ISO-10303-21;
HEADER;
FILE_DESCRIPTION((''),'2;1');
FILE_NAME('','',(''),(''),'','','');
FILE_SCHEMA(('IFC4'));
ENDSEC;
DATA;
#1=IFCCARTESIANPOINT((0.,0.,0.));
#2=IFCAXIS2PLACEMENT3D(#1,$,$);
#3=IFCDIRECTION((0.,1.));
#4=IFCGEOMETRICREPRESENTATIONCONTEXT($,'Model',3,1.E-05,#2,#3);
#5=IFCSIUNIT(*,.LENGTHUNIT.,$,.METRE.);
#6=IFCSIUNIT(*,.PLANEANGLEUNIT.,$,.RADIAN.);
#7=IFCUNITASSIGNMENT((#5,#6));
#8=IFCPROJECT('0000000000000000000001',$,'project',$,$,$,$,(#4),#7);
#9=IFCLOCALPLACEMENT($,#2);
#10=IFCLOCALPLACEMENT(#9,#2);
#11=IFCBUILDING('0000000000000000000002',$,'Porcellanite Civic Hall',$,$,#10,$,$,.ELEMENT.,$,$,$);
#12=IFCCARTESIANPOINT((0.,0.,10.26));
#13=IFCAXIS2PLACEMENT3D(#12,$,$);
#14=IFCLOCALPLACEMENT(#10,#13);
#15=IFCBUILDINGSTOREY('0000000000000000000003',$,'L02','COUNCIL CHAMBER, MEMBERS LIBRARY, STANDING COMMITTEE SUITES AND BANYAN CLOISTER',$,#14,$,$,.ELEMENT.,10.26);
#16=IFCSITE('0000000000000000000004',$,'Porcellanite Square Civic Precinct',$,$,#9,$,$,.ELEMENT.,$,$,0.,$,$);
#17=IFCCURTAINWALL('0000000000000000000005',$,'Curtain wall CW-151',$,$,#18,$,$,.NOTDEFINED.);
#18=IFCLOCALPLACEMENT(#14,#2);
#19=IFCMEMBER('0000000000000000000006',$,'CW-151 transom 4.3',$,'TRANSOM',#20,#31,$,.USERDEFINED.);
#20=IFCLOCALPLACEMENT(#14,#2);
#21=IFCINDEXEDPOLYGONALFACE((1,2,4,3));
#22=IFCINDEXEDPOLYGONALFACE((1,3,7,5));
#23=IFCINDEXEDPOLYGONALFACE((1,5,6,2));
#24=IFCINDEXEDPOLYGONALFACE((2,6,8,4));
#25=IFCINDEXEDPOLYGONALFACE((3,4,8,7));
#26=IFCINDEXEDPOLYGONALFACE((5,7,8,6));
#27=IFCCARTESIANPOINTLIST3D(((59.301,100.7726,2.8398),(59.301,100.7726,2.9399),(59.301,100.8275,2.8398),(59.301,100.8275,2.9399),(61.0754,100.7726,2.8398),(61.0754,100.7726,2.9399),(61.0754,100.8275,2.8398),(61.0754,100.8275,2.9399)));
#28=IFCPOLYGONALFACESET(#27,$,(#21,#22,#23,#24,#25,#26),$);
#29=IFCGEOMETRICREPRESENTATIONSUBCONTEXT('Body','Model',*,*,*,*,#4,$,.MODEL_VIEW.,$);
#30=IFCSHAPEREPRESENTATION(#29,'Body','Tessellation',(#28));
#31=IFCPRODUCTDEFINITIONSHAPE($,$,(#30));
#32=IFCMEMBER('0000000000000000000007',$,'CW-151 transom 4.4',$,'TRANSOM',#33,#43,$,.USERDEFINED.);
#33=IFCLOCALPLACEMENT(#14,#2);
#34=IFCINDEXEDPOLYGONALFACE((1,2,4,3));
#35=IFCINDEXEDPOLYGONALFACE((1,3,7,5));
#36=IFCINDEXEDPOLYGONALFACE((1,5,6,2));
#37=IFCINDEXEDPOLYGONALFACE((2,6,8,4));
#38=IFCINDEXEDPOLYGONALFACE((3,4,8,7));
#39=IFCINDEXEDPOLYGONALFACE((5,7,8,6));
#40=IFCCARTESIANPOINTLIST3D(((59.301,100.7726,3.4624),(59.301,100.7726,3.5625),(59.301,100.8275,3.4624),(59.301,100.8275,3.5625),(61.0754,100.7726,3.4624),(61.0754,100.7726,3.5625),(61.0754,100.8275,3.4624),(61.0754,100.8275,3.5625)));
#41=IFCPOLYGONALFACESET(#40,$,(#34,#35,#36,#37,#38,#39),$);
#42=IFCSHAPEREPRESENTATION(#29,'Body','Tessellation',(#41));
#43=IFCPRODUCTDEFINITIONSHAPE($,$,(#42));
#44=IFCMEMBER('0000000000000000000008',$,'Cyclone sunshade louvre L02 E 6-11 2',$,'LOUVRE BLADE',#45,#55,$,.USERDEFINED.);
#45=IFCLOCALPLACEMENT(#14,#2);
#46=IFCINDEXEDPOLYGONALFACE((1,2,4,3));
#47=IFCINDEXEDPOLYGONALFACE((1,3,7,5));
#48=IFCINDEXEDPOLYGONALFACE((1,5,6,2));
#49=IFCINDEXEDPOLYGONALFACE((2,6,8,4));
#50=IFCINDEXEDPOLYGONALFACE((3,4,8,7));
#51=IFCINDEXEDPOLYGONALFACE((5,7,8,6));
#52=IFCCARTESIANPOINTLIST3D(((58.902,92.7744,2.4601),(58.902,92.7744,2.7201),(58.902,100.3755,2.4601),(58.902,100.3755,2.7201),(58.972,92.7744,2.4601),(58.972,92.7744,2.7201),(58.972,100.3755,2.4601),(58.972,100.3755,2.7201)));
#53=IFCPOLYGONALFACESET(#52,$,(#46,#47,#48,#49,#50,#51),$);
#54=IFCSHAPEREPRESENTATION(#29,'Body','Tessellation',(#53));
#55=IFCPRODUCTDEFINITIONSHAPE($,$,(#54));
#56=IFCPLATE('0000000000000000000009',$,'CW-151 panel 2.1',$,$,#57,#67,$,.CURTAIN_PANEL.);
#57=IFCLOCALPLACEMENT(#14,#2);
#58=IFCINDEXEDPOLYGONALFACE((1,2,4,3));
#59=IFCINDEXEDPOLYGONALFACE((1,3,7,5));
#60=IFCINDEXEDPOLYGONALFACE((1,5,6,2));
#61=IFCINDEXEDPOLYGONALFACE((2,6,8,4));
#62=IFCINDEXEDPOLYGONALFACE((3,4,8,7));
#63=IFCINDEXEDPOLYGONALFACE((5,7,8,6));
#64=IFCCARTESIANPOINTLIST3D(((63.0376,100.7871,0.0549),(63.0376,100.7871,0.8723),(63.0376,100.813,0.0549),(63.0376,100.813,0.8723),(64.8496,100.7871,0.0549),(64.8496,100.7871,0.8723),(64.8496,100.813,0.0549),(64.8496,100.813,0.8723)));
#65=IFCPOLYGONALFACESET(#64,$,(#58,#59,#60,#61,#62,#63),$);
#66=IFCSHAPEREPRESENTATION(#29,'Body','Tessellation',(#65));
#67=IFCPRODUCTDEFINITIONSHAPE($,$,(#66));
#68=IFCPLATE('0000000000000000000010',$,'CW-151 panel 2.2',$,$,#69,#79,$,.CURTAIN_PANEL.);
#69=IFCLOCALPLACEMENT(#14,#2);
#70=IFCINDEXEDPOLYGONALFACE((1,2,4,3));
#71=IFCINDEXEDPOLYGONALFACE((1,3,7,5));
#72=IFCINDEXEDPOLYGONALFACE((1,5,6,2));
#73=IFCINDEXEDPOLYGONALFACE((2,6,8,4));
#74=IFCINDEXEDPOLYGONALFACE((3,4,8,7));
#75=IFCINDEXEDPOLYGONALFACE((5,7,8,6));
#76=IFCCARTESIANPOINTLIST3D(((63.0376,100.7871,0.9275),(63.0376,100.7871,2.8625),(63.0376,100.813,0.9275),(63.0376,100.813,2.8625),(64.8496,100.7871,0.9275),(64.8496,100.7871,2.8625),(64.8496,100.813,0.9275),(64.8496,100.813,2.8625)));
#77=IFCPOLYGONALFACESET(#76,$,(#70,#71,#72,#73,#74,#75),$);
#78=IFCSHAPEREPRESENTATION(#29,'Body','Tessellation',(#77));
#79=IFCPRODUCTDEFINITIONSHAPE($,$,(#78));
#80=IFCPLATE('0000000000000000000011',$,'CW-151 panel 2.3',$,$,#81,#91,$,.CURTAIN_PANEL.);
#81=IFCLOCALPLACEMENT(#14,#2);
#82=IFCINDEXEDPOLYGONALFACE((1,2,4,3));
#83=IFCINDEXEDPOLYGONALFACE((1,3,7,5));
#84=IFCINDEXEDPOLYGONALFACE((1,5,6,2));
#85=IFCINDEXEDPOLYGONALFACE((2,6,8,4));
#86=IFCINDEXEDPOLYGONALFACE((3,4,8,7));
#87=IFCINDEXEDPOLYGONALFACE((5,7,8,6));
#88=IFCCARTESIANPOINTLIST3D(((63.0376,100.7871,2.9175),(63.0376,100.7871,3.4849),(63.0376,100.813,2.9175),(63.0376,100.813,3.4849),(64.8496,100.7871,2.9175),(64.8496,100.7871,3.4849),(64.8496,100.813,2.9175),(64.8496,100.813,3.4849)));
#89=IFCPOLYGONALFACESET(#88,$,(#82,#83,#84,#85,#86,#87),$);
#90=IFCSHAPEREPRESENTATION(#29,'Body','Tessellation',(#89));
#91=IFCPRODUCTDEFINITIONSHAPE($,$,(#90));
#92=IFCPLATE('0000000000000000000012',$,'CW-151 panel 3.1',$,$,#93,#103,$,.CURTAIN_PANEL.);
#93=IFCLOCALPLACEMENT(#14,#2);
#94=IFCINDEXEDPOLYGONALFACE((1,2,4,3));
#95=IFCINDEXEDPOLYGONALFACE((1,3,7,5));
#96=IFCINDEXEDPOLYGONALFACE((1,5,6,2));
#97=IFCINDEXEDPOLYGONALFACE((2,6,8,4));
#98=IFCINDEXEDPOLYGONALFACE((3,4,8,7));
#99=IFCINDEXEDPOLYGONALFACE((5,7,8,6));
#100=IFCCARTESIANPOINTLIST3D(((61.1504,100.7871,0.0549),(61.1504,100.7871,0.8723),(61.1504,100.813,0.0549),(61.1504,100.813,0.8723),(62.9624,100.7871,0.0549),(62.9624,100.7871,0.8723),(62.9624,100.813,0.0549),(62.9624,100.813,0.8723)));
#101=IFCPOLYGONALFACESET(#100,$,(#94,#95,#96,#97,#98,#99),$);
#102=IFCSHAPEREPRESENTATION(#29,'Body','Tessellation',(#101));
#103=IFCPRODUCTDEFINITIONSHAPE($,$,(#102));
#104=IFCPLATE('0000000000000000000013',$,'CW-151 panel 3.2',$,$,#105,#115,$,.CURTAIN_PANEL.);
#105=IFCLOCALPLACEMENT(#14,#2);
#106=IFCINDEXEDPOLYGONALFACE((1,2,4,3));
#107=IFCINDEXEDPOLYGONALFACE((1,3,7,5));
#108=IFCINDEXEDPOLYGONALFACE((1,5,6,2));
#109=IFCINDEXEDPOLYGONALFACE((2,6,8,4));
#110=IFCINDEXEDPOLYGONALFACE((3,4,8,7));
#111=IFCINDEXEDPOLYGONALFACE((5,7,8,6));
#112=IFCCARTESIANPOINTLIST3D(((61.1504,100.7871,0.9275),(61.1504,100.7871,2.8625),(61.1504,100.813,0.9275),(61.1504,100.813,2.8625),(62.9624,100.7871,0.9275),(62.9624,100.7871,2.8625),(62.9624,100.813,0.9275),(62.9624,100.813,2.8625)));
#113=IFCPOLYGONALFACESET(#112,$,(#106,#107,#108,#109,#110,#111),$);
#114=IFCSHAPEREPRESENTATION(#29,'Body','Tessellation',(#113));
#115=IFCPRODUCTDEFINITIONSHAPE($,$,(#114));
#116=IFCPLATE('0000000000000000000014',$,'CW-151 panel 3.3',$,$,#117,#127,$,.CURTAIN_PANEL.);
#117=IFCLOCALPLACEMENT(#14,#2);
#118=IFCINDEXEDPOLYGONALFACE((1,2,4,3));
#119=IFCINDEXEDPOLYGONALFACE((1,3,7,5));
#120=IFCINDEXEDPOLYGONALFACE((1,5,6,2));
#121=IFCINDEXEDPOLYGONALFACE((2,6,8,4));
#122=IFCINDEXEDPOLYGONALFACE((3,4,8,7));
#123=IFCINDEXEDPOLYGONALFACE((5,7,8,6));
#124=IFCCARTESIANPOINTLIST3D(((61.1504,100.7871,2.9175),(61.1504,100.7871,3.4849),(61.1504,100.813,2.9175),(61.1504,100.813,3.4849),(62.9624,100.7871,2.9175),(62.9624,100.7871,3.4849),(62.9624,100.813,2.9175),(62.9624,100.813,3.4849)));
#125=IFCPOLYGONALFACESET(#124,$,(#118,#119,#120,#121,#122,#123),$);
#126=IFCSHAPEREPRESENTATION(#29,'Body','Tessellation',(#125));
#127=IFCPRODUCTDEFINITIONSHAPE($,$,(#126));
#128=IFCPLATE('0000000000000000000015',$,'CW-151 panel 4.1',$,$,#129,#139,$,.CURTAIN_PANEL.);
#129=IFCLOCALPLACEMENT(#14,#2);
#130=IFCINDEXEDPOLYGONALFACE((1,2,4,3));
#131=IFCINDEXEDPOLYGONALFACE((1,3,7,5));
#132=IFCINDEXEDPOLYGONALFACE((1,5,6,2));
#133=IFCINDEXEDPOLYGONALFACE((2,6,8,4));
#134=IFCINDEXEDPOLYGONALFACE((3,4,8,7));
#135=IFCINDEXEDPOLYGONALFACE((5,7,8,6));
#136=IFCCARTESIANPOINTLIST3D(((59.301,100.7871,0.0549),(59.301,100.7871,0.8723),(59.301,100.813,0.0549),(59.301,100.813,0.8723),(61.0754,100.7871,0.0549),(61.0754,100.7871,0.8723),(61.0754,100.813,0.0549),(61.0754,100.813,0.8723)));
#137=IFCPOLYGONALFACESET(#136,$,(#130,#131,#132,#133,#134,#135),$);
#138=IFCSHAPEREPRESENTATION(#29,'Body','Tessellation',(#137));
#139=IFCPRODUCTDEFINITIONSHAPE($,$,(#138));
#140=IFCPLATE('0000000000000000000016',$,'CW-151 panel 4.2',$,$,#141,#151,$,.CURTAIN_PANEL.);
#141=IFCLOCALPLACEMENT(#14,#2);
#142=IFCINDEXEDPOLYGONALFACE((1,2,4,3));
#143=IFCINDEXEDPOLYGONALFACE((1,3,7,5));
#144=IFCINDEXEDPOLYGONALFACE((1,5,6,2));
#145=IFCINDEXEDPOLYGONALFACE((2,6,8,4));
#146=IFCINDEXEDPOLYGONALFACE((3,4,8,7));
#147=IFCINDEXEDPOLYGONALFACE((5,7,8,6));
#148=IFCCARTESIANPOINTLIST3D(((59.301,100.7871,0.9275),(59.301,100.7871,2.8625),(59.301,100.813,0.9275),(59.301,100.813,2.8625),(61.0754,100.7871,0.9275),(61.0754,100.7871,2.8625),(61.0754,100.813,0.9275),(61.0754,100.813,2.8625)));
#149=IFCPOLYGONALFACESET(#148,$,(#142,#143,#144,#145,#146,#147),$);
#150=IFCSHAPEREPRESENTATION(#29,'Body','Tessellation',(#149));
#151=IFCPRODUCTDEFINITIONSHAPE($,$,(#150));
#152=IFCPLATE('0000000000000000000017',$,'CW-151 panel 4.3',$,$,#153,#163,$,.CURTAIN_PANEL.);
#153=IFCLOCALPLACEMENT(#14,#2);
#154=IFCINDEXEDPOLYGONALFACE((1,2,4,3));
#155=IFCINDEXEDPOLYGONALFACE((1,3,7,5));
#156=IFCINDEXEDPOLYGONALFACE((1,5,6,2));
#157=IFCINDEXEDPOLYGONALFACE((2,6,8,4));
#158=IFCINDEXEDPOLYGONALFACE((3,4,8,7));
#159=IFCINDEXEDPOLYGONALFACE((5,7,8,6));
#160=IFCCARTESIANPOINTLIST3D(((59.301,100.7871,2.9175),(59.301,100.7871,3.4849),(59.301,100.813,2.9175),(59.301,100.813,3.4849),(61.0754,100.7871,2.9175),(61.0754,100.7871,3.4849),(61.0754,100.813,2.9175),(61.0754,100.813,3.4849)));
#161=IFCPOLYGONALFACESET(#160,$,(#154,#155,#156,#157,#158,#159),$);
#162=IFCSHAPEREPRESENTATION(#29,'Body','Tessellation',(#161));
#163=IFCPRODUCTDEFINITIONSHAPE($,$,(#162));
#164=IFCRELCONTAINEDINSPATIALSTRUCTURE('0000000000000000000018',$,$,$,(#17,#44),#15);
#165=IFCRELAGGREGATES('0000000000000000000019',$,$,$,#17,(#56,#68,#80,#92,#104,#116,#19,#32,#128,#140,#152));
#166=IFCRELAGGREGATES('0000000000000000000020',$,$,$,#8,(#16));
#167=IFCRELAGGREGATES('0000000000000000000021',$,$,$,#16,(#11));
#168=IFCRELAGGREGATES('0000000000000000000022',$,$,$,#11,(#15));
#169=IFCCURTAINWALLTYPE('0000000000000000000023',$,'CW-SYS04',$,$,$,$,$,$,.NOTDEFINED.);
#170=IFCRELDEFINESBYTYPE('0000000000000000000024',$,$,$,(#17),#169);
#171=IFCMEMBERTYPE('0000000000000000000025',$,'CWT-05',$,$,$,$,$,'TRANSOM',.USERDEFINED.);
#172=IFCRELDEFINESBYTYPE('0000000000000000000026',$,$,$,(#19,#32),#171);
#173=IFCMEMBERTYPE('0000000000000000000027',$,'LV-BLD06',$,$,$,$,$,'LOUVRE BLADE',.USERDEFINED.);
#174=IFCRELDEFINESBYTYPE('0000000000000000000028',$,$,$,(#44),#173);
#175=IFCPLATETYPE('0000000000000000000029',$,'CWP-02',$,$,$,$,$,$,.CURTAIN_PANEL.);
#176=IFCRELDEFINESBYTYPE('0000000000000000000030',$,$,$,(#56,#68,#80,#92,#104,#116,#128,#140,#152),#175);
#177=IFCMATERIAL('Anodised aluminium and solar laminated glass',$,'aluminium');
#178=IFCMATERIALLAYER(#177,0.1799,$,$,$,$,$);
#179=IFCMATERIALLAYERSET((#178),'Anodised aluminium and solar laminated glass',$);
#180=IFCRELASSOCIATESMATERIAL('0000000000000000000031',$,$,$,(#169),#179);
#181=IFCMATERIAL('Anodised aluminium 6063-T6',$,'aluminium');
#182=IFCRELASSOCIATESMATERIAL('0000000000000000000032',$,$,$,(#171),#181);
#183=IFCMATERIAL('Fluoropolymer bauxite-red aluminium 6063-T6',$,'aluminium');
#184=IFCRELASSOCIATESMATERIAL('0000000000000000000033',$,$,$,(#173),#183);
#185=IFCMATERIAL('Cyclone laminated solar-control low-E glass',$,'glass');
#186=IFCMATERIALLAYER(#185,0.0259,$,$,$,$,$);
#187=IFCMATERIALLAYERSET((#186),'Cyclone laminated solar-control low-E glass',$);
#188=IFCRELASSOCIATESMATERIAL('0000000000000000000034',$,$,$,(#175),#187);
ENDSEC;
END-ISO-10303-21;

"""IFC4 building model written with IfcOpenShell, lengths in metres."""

from ifc_helpers import new_model, si_unit, direction, frame, origin, origin_2d, place, context, subcontext, project, spatial, rectangle, extrude, material, layer, layer_set, material_profile, profile_set, type_object, element, aggregate, save


model = new_model("IFC4")

# Units and contexts
model_context = context("Model", 3, precision=1e-05, world=origin(), true_north=direction((0.0, 1.0)))
body_context = subcontext(model_context, "Body", "Model", "MODEL_VIEW")
ifc_project = project(units=[si_unit("LENGTHUNIT", "METRE"), si_unit("PLANEANGLEUNIT", "RADIAN")], contexts=[model_context])

# Site, building, storey
site_placement = place(None, origin())
site = spatial("IfcSite", under=ifc_project, at=site_placement, Name="Porcellanite Square Civic Precinct", CompositionType="ELEMENT", RefElevation=0.0)
building_placement = place(site_placement, origin())
building = spatial("IfcBuilding", under=site, at=building_placement, Name="Porcellanite Civic Hall", CompositionType="ELEMENT")
storey_placement = place(building_placement, frame((0.0, 0.0, 10.26)))
storey = spatial("IfcBuildingStorey", under=building, at=storey_placement, Name="L02", Description="COUNCIL CHAMBER, MEMBERS LIBRARY, STANDING COMMITTEE SUITES AND BANYAN CLOISTER", CompositionType="ELEMENT", Elevation=10.26)

# Curtain wall, members
ifc_material_1 = material(Name="Anodised aluminium and solar laminated glass", Category="aluminium")
ifc_layer_1 = layer(ifc_material_1, 0.1799)
ifc_layer_set_1 = layer_set([ifc_layer_1], Name="Anodised aluminium and solar laminated glass")
curtain_wall_type = type_object("IfcCurtainWallType", Name="CW-SYS04", PredefinedType="NOTDEFINED", material=ifc_layer_set_1)
curtain_wall_placement = place(storey_placement, origin())
curtain_wall = element("IfcCurtainWall", 1, at=curtain_wall_placement, inside=storey, type_object=curtain_wall_type, Name="Curtain wall CW-151", PredefinedType="NOTDEFINED")
ifc_material_2 = material(Name="Anodised aluminium 6063-T6", Category="aluminium")
ifc_material_profile_1 = material_profile(ifc_material_2, rectangle(XDim=0.0549, YDim=0.1001, at=origin_2d()), Name="AL-55x100")
ifc_profile_set_1 = profile_set([ifc_material_profile_1], Name="Anodised aluminium 6063-T6")
member_type_1 = type_object("IfcMemberType", Name="CWT-05", ElementType="TRANSOM", PredefinedType="USERDEFINED", material=ifc_profile_set_1)
member_1_placement = place(storey_placement, frame((61.0754, 100.8, 2.8899), z_axis=(-1.0, 0.0, 0.0), x_axis=(0.0, -1.0, 0.0)))
member_1 = element("IfcMember", 2, at=member_1_placement, type_object=member_type_1, Name="CW-151 transom 4.3", ObjectType="TRANSOM", PredefinedType="USERDEFINED", context=body_context, shape_type="SweptSolid", body=[
    extrude(rectangle(XDim=0.0549, YDim=0.1001, at=origin_2d()), origin(), (0.0, 0.0, 1.0), 1.7744),
])
member_2_placement = place(storey_placement, frame((61.0754, 100.8, 3.5125), z_axis=(-1.0, 0.0, 0.0), x_axis=(0.0, -1.0, 0.0)))
member_2 = element("IfcMember", 3, at=member_2_placement, type_object=member_type_1, Name="CW-151 transom 4.4", ObjectType="TRANSOM", PredefinedType="USERDEFINED", context=body_context, shape_type="SweptSolid", body=[
    extrude(rectangle(XDim=0.0549, YDim=0.1001, at=origin_2d()), origin(), (0.0, 0.0, 1.0), 1.7744),
])

# Member
ifc_material_3 = material(Name="Fluoropolymer bauxite-red aluminium 6063-T6", Category="aluminium")
ifc_material_profile_2 = material_profile(ifc_material_3, rectangle(XDim=0.0701, YDim=0.26, at=origin_2d()), Name="AL-70x260")
ifc_profile_set_2 = profile_set([ifc_material_profile_2], Name="Fluoropolymer bauxite-red aluminium 6063-T6")
member_type_2 = type_object("IfcMemberType", Name="LV-BLD06", ElementType="LOUVRE BLADE", PredefinedType="USERDEFINED", material=ifc_profile_set_2)
member_3_placement = place(storey_placement, frame((58.937, 100.3755, 2.5901), z_axis=(0.0, -1.0, 0.0), x_axis=(1.0, 0.0, 0.0)))
element("IfcMember", 4, at=member_3_placement, inside=storey, type_object=member_type_2, Name="Cyclone sunshade louvre L02 E 6-11 2", ObjectType="LOUVRE BLADE", PredefinedType="USERDEFINED", context=body_context, shape_type="SweptSolid", body=[
    extrude(rectangle(XDim=0.0701, YDim=0.26, at=origin_2d()), origin(), (0.0, 0.0, 1.0), 7.6011),
])

# Plates
ifc_material_4 = material(Name="Cyclone laminated solar-control low-E glass", Category="glass")
ifc_layer_2 = layer(ifc_material_4, 0.0259)
ifc_layer_set_2 = layer_set([ifc_layer_2], Name="Cyclone laminated solar-control low-E glass")
plate_type = type_object("IfcPlateType", Name="CWP-02", PredefinedType="CURTAIN_PANEL", material=ifc_layer_set_2)
plate_1_placement = place(storey_placement, frame((63.9436, 100.8, 0.0549), z_axis=(0.0, 0.0, 1.0), x_axis=(-1.0, 0.0, 0.0)))
plate_1 = element("IfcPlate", 5, at=plate_1_placement, type_object=plate_type, Name="CW-151 panel 2.1", PredefinedType="CURTAIN_PANEL", context=body_context, shape_type="SweptSolid", body=[
    extrude(rectangle(XDim=1.812, YDim=0.0259, at=origin_2d()), origin(), (0.0, 0.0, 1.0), 0.8174),
])
plate_2_placement = place(storey_placement, frame((63.9436, 100.8, 0.9275), z_axis=(0.0, 0.0, 1.0), x_axis=(-1.0, 0.0, 0.0)))
plate_2 = element("IfcPlate", 6, at=plate_2_placement, type_object=plate_type, Name="CW-151 panel 2.2", PredefinedType="CURTAIN_PANEL", context=body_context, shape_type="SweptSolid", body=[
    extrude(rectangle(XDim=1.812, YDim=0.0259, at=origin_2d()), origin(), (0.0, 0.0, 1.0), 1.9351),
])
plate_3_placement = place(storey_placement, frame((63.9436, 100.8, 2.9175), z_axis=(0.0, 0.0, 1.0), x_axis=(-1.0, 0.0, 0.0)))
plate_3 = element("IfcPlate", 7, at=plate_3_placement, type_object=plate_type, Name="CW-151 panel 2.3", PredefinedType="CURTAIN_PANEL", context=body_context, shape_type="SweptSolid", body=[
    extrude(rectangle(XDim=1.812, YDim=0.0259, at=origin_2d()), origin(), (0.0, 0.0, 1.0), 0.5674),
])
plate_4_placement = place(storey_placement, frame((62.0564, 100.8, 0.0549), z_axis=(0.0, 0.0, 1.0), x_axis=(-1.0, 0.0, 0.0)))
plate_4 = element("IfcPlate", 8, at=plate_4_placement, type_object=plate_type, Name="CW-151 panel 3.1", PredefinedType="CURTAIN_PANEL", context=body_context, shape_type="SweptSolid", body=[
    extrude(rectangle(XDim=1.812, YDim=0.0259, at=origin_2d()), origin(), (0.0, 0.0, 1.0), 0.8174),
])
plate_5_placement = place(storey_placement, frame((62.0564, 100.8, 0.9275), z_axis=(0.0, 0.0, 1.0), x_axis=(-1.0, 0.0, 0.0)))
plate_5 = element("IfcPlate", 9, at=plate_5_placement, type_object=plate_type, Name="CW-151 panel 3.2", PredefinedType="CURTAIN_PANEL", context=body_context, shape_type="SweptSolid", body=[
    extrude(rectangle(XDim=1.812, YDim=0.0259, at=origin_2d()), origin(), (0.0, 0.0, 1.0), 1.9351),
])
plate_6_placement = place(storey_placement, frame((62.0564, 100.8, 2.9175), z_axis=(0.0, 0.0, 1.0), x_axis=(-1.0, 0.0, 0.0)))
plate_6 = element("IfcPlate", 10, at=plate_6_placement, type_object=plate_type, Name="CW-151 panel 3.3", PredefinedType="CURTAIN_PANEL", context=body_context, shape_type="SweptSolid", body=[
    extrude(rectangle(XDim=1.812, YDim=0.0259, at=origin_2d()), origin(), (0.0, 0.0, 1.0), 0.5674),
])
plate_7_placement = place(storey_placement, frame((60.1882, 100.8, 0.0549), z_axis=(0.0, 0.0, 1.0), x_axis=(-1.0, 0.0, 0.0)))
plate_7 = element("IfcPlate", 11, at=plate_7_placement, type_object=plate_type, Name="CW-151 panel 4.1", PredefinedType="CURTAIN_PANEL", context=body_context, shape_type="SweptSolid", body=[
    extrude(rectangle(XDim=1.7744, YDim=0.0259, at=origin_2d()), origin(), (0.0, 0.0, 1.0), 0.8174),
])
plate_8_placement = place(storey_placement, frame((60.1882, 100.8, 0.9275), z_axis=(0.0, 0.0, 1.0), x_axis=(-1.0, 0.0, 0.0)))
plate_8 = element("IfcPlate", 12, at=plate_8_placement, type_object=plate_type, Name="CW-151 panel 4.2", PredefinedType="CURTAIN_PANEL", context=body_context, shape_type="SweptSolid", body=[
    extrude(rectangle(XDim=1.7744, YDim=0.0259, at=origin_2d()), origin(), (0.0, 0.0, 1.0), 1.9351),
])
plate_9_placement = place(storey_placement, frame((60.1882, 100.8, 2.9175), z_axis=(0.0, 0.0, 1.0), x_axis=(-1.0, 0.0, 0.0)))
plate_9 = element("IfcPlate", 13, at=plate_9_placement, type_object=plate_type, Name="CW-151 panel 4.3", PredefinedType="CURTAIN_PANEL", context=body_context, shape_type="SweptSolid", body=[
    extrude(rectangle(XDim=1.7744, YDim=0.0259, at=origin_2d()), origin(), (0.0, 0.0, 1.0), 0.5674),
])
aggregate(curtain_wall, [plate_1, plate_2, plate_3, plate_4, plate_5, plate_6, member_1, member_2, plate_7, plate_8, plate_9])

save(model, "model.ifc")
